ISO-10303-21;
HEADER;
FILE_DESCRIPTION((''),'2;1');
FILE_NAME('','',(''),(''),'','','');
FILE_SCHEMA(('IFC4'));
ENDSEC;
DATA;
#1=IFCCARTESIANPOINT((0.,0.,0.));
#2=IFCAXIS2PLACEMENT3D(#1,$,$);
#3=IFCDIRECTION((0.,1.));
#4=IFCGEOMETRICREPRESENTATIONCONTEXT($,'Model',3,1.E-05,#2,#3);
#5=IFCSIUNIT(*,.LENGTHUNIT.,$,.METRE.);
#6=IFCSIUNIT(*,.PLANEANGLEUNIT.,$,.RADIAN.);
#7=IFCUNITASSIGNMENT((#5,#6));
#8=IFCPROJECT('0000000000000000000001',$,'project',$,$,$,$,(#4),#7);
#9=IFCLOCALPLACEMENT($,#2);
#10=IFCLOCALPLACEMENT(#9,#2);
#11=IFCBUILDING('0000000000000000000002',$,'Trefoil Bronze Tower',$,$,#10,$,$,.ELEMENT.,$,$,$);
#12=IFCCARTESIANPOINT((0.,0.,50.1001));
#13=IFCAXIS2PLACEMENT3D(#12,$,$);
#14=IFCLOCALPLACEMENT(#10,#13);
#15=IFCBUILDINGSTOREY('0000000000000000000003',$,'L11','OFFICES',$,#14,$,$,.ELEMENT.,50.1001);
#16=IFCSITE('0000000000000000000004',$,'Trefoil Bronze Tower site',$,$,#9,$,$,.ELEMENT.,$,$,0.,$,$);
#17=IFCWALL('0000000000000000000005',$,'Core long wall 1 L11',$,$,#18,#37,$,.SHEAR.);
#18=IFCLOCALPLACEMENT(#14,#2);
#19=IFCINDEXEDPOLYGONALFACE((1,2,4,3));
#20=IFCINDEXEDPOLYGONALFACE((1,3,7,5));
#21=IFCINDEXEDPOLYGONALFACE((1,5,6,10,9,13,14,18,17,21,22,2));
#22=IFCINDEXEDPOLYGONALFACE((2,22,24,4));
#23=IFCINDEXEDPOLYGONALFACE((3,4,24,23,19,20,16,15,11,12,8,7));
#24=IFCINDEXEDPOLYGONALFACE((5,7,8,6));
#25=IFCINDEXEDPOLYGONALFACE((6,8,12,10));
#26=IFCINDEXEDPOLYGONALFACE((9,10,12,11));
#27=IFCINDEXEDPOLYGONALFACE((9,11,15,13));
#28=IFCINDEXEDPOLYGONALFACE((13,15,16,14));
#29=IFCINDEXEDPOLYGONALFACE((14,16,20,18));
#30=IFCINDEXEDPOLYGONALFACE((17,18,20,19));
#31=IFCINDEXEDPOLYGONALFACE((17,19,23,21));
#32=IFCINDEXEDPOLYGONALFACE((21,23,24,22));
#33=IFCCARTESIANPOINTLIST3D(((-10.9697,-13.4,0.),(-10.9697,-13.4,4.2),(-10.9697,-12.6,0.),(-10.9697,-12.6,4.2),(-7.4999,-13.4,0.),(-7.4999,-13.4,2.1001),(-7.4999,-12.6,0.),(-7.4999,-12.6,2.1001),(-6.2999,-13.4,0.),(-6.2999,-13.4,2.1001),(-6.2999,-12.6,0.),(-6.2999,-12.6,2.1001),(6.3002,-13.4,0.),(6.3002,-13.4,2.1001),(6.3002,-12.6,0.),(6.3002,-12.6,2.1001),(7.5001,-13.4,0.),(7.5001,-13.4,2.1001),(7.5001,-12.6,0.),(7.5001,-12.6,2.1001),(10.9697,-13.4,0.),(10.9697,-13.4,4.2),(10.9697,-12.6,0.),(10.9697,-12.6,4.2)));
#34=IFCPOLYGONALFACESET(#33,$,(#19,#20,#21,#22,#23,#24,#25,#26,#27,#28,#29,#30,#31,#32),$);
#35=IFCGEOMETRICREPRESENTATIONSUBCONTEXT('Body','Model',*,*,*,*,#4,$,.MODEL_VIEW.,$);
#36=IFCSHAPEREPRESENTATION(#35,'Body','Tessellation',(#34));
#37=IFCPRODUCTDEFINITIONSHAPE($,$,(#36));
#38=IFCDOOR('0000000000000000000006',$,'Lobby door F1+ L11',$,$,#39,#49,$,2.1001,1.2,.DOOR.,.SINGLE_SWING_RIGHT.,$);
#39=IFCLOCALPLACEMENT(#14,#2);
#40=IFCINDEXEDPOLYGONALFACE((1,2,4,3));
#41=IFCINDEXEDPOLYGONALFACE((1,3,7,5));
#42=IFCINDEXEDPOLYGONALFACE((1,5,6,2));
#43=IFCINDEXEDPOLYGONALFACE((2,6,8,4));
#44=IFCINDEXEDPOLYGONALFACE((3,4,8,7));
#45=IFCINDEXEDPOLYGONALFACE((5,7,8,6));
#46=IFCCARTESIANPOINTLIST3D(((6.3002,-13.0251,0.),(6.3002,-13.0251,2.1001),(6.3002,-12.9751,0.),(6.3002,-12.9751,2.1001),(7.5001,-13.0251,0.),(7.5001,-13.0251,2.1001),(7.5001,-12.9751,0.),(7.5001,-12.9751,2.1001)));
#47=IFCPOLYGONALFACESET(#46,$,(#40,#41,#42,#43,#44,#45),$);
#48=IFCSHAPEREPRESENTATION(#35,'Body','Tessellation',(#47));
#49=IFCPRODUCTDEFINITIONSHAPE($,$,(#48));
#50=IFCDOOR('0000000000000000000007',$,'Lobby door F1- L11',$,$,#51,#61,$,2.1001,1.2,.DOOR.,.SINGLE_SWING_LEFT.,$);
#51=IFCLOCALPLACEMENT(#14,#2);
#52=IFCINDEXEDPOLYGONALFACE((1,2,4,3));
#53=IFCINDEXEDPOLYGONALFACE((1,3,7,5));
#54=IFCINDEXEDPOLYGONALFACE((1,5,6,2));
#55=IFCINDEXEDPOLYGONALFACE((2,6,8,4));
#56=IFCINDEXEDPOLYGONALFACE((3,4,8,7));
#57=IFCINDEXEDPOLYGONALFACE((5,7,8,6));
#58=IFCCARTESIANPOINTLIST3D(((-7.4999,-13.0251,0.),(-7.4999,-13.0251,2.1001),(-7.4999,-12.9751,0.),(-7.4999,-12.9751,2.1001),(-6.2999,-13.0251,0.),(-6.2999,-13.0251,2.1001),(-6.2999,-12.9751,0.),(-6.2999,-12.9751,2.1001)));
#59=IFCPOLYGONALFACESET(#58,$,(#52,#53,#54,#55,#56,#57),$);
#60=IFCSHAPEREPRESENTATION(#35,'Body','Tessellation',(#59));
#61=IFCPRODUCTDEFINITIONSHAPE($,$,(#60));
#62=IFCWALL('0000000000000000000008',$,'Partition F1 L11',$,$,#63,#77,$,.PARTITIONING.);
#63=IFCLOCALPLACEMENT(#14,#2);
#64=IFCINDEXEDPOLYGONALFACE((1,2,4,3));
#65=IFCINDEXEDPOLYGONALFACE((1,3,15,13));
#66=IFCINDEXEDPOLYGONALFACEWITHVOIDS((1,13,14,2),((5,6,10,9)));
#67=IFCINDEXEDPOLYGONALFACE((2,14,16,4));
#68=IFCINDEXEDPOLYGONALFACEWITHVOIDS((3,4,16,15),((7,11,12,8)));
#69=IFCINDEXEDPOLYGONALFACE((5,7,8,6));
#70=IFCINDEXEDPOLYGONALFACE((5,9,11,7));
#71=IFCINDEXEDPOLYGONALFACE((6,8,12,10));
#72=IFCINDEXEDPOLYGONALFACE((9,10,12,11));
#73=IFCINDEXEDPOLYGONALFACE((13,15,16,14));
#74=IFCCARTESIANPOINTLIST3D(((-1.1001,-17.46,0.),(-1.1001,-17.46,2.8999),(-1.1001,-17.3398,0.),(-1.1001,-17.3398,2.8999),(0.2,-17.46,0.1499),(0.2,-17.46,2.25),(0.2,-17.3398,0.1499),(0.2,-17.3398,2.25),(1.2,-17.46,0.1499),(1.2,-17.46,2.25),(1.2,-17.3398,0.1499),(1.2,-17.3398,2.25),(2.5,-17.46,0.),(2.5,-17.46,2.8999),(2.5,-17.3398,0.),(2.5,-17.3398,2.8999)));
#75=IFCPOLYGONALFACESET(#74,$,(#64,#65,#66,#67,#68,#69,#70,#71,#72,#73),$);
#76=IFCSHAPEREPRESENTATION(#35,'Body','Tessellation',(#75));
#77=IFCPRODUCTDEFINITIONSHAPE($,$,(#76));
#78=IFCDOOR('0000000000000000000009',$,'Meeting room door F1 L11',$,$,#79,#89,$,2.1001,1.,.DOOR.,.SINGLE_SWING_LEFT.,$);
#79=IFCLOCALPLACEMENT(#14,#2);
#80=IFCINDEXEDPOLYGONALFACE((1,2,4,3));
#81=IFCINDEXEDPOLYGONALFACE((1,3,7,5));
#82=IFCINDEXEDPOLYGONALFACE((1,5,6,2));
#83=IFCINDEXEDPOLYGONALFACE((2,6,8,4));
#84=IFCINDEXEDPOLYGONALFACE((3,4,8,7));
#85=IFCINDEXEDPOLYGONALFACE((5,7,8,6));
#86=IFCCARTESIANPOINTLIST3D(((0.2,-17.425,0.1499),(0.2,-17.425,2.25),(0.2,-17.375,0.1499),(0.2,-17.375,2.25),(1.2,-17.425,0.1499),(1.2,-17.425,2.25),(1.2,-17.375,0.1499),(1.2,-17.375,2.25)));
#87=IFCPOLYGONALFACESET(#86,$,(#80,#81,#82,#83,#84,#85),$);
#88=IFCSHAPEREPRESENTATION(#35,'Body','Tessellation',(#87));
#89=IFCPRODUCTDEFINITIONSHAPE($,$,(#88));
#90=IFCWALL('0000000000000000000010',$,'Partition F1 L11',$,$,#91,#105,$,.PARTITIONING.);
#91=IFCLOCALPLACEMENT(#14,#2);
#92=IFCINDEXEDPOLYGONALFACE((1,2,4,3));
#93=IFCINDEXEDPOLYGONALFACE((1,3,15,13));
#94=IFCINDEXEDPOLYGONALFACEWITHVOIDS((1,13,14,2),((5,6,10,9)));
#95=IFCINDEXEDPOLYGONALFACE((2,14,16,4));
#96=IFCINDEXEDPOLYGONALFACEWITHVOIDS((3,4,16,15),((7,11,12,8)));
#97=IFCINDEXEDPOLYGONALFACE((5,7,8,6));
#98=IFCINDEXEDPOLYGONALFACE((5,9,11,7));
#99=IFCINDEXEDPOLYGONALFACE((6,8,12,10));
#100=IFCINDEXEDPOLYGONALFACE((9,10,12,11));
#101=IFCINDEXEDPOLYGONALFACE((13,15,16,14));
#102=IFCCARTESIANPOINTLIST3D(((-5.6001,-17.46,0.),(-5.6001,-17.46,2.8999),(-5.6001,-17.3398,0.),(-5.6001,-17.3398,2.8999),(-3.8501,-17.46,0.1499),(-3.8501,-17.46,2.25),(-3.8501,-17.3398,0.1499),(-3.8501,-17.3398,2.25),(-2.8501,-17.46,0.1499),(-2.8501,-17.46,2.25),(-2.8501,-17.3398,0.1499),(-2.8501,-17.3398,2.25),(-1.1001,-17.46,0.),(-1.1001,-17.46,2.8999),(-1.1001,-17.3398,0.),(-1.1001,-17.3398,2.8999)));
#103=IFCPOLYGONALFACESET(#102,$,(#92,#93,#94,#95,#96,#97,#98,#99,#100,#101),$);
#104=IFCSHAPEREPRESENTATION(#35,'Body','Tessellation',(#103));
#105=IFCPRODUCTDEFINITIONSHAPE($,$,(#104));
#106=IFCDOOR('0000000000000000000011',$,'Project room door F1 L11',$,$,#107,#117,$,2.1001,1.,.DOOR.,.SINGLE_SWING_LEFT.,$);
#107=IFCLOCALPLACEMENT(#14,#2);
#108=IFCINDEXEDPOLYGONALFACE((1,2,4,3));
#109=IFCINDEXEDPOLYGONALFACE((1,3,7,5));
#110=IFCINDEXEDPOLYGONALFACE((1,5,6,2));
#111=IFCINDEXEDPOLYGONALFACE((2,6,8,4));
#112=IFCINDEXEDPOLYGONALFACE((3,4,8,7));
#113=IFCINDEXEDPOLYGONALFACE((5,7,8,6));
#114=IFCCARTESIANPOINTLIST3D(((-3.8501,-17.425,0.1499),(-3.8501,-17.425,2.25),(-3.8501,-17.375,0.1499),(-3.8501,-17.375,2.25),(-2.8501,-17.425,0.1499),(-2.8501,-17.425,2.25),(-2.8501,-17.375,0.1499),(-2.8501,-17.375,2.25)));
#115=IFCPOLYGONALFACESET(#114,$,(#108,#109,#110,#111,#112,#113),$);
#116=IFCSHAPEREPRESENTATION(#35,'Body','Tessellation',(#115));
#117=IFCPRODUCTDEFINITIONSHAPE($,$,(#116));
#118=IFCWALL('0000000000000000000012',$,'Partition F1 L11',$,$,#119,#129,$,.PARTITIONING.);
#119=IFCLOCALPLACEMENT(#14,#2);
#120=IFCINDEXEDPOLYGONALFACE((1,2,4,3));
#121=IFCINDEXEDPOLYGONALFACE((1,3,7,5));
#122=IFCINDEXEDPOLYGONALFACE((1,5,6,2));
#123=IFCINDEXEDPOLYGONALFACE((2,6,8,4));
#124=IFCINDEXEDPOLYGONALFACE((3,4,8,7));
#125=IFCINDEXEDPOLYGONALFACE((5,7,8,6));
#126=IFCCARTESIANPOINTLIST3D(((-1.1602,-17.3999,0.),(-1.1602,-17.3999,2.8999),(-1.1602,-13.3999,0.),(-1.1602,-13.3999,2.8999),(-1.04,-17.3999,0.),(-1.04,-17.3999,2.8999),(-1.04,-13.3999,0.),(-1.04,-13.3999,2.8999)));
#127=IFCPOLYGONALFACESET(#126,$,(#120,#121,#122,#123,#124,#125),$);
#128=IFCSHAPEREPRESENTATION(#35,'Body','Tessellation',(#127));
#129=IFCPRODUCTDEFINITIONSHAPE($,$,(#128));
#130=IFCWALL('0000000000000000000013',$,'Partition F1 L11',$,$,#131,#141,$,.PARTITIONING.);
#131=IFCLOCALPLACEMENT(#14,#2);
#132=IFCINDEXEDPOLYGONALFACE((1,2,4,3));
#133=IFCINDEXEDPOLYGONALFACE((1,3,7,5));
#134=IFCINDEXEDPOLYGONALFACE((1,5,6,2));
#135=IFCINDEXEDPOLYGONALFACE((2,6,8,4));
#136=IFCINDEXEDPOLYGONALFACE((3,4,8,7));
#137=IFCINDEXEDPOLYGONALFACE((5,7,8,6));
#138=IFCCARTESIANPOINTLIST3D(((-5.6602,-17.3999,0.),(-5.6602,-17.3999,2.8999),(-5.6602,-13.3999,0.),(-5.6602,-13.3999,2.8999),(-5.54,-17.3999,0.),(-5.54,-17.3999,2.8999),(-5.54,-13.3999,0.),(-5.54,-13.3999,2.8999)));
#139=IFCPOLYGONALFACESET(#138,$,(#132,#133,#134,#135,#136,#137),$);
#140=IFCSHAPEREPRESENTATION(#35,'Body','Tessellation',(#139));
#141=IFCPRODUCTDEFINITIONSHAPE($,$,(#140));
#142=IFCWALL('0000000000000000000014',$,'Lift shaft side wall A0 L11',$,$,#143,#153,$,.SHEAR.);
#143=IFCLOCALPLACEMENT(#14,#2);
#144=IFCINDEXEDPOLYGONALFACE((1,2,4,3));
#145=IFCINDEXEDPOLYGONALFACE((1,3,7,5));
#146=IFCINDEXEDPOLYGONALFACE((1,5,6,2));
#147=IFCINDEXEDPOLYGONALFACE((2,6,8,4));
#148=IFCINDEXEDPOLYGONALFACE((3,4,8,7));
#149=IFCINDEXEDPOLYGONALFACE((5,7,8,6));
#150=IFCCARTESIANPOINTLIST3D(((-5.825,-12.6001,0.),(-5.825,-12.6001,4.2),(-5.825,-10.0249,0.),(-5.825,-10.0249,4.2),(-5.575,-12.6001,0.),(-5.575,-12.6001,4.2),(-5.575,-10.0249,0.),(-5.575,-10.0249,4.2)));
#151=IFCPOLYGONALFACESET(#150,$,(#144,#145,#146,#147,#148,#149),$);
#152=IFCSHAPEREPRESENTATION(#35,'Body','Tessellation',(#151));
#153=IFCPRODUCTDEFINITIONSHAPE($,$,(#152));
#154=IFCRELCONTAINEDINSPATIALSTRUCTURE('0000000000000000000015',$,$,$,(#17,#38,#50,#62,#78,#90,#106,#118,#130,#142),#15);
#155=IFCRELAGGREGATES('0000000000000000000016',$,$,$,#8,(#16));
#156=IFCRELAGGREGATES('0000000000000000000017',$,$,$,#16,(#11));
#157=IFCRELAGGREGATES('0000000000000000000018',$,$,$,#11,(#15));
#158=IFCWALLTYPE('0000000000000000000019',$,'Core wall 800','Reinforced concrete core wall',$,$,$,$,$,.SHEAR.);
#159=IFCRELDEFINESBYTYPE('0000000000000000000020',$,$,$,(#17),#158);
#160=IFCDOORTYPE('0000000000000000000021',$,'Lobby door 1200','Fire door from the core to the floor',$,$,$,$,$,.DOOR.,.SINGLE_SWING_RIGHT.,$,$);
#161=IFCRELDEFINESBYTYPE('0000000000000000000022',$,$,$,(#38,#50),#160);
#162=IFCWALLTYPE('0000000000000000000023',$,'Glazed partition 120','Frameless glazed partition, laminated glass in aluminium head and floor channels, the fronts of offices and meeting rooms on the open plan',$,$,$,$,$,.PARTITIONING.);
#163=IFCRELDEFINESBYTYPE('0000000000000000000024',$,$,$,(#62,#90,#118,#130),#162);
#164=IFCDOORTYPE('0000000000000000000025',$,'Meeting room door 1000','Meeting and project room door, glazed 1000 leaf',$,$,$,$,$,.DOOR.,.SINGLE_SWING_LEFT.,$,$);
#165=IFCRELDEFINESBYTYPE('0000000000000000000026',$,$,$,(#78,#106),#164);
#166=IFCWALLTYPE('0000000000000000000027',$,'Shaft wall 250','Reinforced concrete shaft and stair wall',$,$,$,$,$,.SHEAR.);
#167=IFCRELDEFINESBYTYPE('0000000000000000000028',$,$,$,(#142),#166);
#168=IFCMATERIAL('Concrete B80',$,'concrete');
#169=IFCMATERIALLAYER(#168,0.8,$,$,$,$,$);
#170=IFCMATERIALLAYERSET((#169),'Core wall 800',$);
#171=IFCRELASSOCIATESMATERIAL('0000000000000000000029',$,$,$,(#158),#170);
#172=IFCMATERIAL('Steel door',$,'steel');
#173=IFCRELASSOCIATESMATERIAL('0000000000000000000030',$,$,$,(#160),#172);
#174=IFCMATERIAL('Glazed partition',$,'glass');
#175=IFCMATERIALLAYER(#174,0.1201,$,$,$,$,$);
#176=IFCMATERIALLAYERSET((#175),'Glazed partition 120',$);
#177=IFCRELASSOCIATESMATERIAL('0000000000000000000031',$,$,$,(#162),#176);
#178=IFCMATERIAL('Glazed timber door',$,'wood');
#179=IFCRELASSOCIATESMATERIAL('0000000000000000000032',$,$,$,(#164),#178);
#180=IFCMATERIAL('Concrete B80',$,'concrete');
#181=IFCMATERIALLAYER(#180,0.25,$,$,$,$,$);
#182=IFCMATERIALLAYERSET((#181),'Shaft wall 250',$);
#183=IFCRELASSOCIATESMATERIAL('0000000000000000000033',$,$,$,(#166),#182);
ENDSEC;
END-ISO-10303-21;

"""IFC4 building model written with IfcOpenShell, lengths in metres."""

from ifc_helpers import new_model, si_unit, direction, frame, frame_2d, origin, place, context, subcontext, project, spatial, rectangle, extrude, material, layer, layer_set, type_object, element, fill, save


model = new_model("IFC4")

# Units and contexts
model_context = context("Model", 3, precision=1e-05, world=origin(), true_north=direction((0.0, 1.0)))
body_context = subcontext(model_context, "Body", "Model", "MODEL_VIEW")
ifc_project = project(units=[si_unit("LENGTHUNIT", "METRE"), si_unit("PLANEANGLEUNIT", "RADIAN")], contexts=[model_context])

# Site, building, storey
site_placement = place(None, origin())
site = spatial("IfcSite", under=ifc_project, at=site_placement, Name="Trefoil Bronze Tower site", CompositionType="ELEMENT", RefElevation=0.0)
building_placement = place(site_placement, origin())
building = spatial("IfcBuilding", under=site, at=building_placement, Name="Trefoil Bronze Tower", CompositionType="ELEMENT")
storey_placement = place(building_placement, frame((0.0, 0.0, 50.1001)))
storey = spatial("IfcBuildingStorey", under=building, at=storey_placement, Name="L11", Description="OFFICES", CompositionType="ELEMENT", Elevation=50.1001)

# Wall, openings, doors
ifc_material_1 = material(Name="Concrete B80", Category="concrete")
ifc_layer_1 = layer(ifc_material_1, 0.8)
ifc_layer_set_1 = layer_set([ifc_layer_1], Name="Core wall 800")
wall_type_1 = type_object("IfcWallType", Name="Core wall 800", Description="Reinforced concrete core wall", PredefinedType="SHEAR", material=ifc_layer_set_1)
wall_1_placement = place(storey_placement, frame((-10.9697, -13.0, 0.0), z_axis=(0.0, 0.0, 1.0), x_axis=(1.0, 0.0, 0.0)))
wall_1 = element("IfcWall", 1, at=wall_1_placement, inside=storey, type_object=wall_type_1, Name="Core long wall 1 L11", PredefinedType="SHEAR", context=body_context, shape_type="SweptSolid", body=[
    extrude(rectangle(XDim=21.9395, YDim=0.8, at=frame_2d((10.9697, 0.0))), origin(), (0.0, 0.0, 1.0), 4.2),
])
opening_1_placement = place(wall_1_placement, frame((17.2698, 0.0, 0.0)))
opening_1 = element("IfcOpeningElement", 2, at=opening_1_placement, cuts=wall_1, PredefinedType="OPENING", context=body_context, shape_type="SweptSolid", body=[
    extrude(rectangle(XDim=1.2, YDim=2.1001, at=frame_2d((0.6001, 1.05))), frame((0.0, 0.4099, 0.0), z_axis=(0.0, -1.0, 0.0), x_axis=(1.0, 0.0, 0.0)), (0.0, 0.0, 1.0), 0.8201),
])
opening_2_placement = place(wall_1_placement, frame((3.4697, 0.0, 0.0)))
opening_2 = element("IfcOpeningElement", 3, at=opening_2_placement, cuts=wall_1, PredefinedType="OPENING", context=body_context, shape_type="SweptSolid", body=[
    extrude(rectangle(XDim=1.2, YDim=2.1001, at=frame_2d((0.6001, 1.05))), frame((0.0, 0.4099, 0.0), z_axis=(0.0, -1.0, 0.0), x_axis=(1.0, 0.0, 0.0)), (0.0, 0.0, 1.0), 0.8201),
])
ifc_material_2 = material(Name="Steel door", Category="steel")
door_type_1 = type_object("IfcDoorType", Name="Lobby door 1200", Description="Fire door from the core to the floor", OperationType="SINGLE_SWING_RIGHT", PredefinedType="DOOR", material=ifc_material_2)
door_1_placement = place(opening_1_placement, origin())
door_1 = element("IfcDoor", 4, at=door_1_placement, inside=storey, type_object=door_type_1, Name="Lobby door F1+ L11", OperationType="SINGLE_SWING_RIGHT", OverallHeight=2.1001, OverallWidth=1.2, PredefinedType="DOOR", context=body_context, shape_type="SweptSolid", body=[
    extrude(rectangle(XDim=1.2, YDim=2.1001, at=frame_2d((0.6001, 1.05))), frame((0.0, 0.0249, 0.0), z_axis=(0.0, -1.0, 0.0), x_axis=(1.0, 0.0, 0.0)), (0.0, 0.0, 1.0), 0.05),
])
fill(opening_1, door_1)
door_2_placement = place(opening_2_placement, origin())
door_2 = element("IfcDoor", 5, at=door_2_placement, inside=storey, type_object=door_type_1, Name="Lobby door F1- L11", OperationType="SINGLE_SWING_LEFT", OverallHeight=2.1001, OverallWidth=1.2, PredefinedType="DOOR", context=body_context, shape_type="SweptSolid", body=[
    extrude(rectangle(XDim=1.2, YDim=2.1001, at=frame_2d((0.6001, 1.05))), frame((0.0, 0.0249, 0.0), z_axis=(0.0, -1.0, 0.0), x_axis=(1.0, 0.0, 0.0)), (0.0, 0.0, 1.0), 0.05),
])
fill(opening_2, door_2)

# Walls, openings, doors
ifc_material_3 = material(Name="Glazed partition", Category="glass")
ifc_layer_2 = layer(ifc_material_3, 0.1201)
ifc_layer_set_2 = layer_set([ifc_layer_2], Name="Glazed partition 120")
wall_type_2 = type_object("IfcWallType", Name="Glazed partition 120", Description="Frameless glazed partition, laminated glass in aluminium head and floor channels, the fronts of offices and meeting rooms on the open plan", PredefinedType="PARTITIONING", material=ifc_layer_set_2)
wall_2_placement = place(storey_placement, frame((-1.1001, -17.3999, 0.0), z_axis=(0.0, 0.0, 1.0), x_axis=(1.0, 0.0, 0.0)))
wall_2 = element("IfcWall", 6, at=wall_2_placement, inside=storey, type_object=wall_type_2, Name="Partition F1 L11", PredefinedType="PARTITIONING", context=body_context, shape_type="SweptSolid", body=[
    extrude(rectangle(XDim=3.6001, YDim=0.1201, at=frame_2d((1.8, 0.0))), origin(), (0.0, 0.0, 1.0), 2.8999),
])
opening_3_placement = place(wall_2_placement, frame((1.3, 0.0, 0.1499)))
opening_3 = element("IfcOpeningElement", 7, at=opening_3_placement, cuts=wall_2, PredefinedType="OPENING", context=body_context, shape_type="SweptSolid", body=[
    extrude(rectangle(XDim=1.0, YDim=2.1001, at=frame_2d((0.5, 1.05))), frame((0.0, 0.0701, 0.0), z_axis=(0.0, -1.0, 0.0), x_axis=(1.0, 0.0, 0.0)), (0.0, 0.0, 1.0), 0.1401),
])
ifc_material_4 = material(Name="Glazed timber door", Category="wood")
door_type_2 = type_object("IfcDoorType", Name="Meeting room door 1000", Description="Meeting and project room door, glazed 1000 leaf", OperationType="SINGLE_SWING_LEFT", PredefinedType="DOOR", material=ifc_material_4)
door_3_placement = place(opening_3_placement, origin())
door_3 = element("IfcDoor", 8, at=door_3_placement, inside=storey, type_object=door_type_2, Name="Meeting room door F1 L11", OperationType="SINGLE_SWING_LEFT", OverallHeight=2.1001, OverallWidth=1.0, PredefinedType="DOOR", context=body_context, shape_type="SweptSolid", body=[
    extrude(rectangle(XDim=1.0, YDim=2.1001, at=frame_2d((0.5, 1.05))), frame((0.0, 0.0249, 0.0), z_axis=(0.0, -1.0, 0.0), x_axis=(1.0, 0.0, 0.0)), (0.0, 0.0, 1.0), 0.05),
])
fill(opening_3, door_3)
wall_3_placement = place(storey_placement, frame((-5.6001, -17.3999, 0.0), z_axis=(0.0, 0.0, 1.0), x_axis=(1.0, 0.0, 0.0)))
wall_3 = element("IfcWall", 9, at=wall_3_placement, inside=storey, type_object=wall_type_2, Name="Partition F1 L11", PredefinedType="PARTITIONING", context=body_context, shape_type="SweptSolid", body=[
    extrude(rectangle(XDim=4.5, YDim=0.1201, at=frame_2d((2.25, 0.0))), origin(), (0.0, 0.0, 1.0), 2.8999),
])
opening_4_placement = place(wall_3_placement, frame((1.75, 0.0, 0.1499)))
opening_4 = element("IfcOpeningElement", 10, at=opening_4_placement, cuts=wall_3, PredefinedType="OPENING", context=body_context, shape_type="SweptSolid", body=[
    extrude(rectangle(XDim=1.0, YDim=2.1001, at=frame_2d((0.5, 1.05))), frame((0.0, 0.0701, 0.0), z_axis=(0.0, -1.0, 0.0), x_axis=(1.0, 0.0, 0.0)), (0.0, 0.0, 1.0), 0.1401),
])
door_4_placement = place(opening_4_placement, origin())
door_4 = element("IfcDoor", 11, at=door_4_placement, inside=storey, type_object=door_type_2, Name="Project room door F1 L11", OperationType="SINGLE_SWING_LEFT", OverallHeight=2.1001, OverallWidth=1.0, PredefinedType="DOOR", context=body_context, shape_type="SweptSolid", body=[
    extrude(rectangle(XDim=1.0, YDim=2.1001, at=frame_2d((0.5, 1.05))), frame((0.0, 0.0249, 0.0), z_axis=(0.0, -1.0, 0.0), x_axis=(1.0, 0.0, 0.0)), (0.0, 0.0, 1.0), 0.05),
])
fill(opening_4, door_4)

# Walls
for number, where, z_axis, x_axis, name in (
    (12, (-1.1001, -13.3999, 0.0), (0.0, 0.0, 1.0), (0.0, -1.0, 0.0), "Partition F1 L11"),
    (13, (-5.6001, -13.3999, 0.0), (0.0, 0.0, 1.0), (0.0, -1.0, 0.0), "Partition F1 L11"),
):
    element("IfcWall", number, at=place(storey_placement, frame(where, z_axis=z_axis, x_axis=x_axis)), inside=storey, type_object=wall_type_2, Name=name, PredefinedType="PARTITIONING", context=body_context, shape_type="SweptSolid", body=[
        extrude(rectangle(XDim=4.0, YDim=0.1201, at=frame_2d((2.0, 0.0))), origin(), (0.0, 0.0, 1.0), 2.8999),
    ])
ifc_material_5 = material(Name="Concrete B80", Category="concrete")
ifc_layer_3 = layer(ifc_material_5, 0.25)
ifc_layer_set_3 = layer_set([ifc_layer_3], Name="Shaft wall 250")
wall_type_3 = type_object("IfcWallType", Name="Shaft wall 250", Description="Reinforced concrete shaft and stair wall", PredefinedType="SHEAR", material=ifc_layer_set_3)
wall_4_placement = place(storey_placement, frame((-5.7, -10.0249, 0.0), z_axis=(0.0, 0.0, 1.0), x_axis=(0.0, -1.0, 0.0)))
element("IfcWall", 14, at=wall_4_placement, inside=storey, type_object=wall_type_3, Name="Lift shaft side wall A0 L11", PredefinedType="SHEAR", context=body_context, shape_type="SweptSolid", body=[
    extrude(rectangle(XDim=2.5752, YDim=0.25, at=frame_2d((1.2876, 0.0))), origin(), (0.0, 0.0, 1.0), 4.2),
])

save(model, "model.ifc")
